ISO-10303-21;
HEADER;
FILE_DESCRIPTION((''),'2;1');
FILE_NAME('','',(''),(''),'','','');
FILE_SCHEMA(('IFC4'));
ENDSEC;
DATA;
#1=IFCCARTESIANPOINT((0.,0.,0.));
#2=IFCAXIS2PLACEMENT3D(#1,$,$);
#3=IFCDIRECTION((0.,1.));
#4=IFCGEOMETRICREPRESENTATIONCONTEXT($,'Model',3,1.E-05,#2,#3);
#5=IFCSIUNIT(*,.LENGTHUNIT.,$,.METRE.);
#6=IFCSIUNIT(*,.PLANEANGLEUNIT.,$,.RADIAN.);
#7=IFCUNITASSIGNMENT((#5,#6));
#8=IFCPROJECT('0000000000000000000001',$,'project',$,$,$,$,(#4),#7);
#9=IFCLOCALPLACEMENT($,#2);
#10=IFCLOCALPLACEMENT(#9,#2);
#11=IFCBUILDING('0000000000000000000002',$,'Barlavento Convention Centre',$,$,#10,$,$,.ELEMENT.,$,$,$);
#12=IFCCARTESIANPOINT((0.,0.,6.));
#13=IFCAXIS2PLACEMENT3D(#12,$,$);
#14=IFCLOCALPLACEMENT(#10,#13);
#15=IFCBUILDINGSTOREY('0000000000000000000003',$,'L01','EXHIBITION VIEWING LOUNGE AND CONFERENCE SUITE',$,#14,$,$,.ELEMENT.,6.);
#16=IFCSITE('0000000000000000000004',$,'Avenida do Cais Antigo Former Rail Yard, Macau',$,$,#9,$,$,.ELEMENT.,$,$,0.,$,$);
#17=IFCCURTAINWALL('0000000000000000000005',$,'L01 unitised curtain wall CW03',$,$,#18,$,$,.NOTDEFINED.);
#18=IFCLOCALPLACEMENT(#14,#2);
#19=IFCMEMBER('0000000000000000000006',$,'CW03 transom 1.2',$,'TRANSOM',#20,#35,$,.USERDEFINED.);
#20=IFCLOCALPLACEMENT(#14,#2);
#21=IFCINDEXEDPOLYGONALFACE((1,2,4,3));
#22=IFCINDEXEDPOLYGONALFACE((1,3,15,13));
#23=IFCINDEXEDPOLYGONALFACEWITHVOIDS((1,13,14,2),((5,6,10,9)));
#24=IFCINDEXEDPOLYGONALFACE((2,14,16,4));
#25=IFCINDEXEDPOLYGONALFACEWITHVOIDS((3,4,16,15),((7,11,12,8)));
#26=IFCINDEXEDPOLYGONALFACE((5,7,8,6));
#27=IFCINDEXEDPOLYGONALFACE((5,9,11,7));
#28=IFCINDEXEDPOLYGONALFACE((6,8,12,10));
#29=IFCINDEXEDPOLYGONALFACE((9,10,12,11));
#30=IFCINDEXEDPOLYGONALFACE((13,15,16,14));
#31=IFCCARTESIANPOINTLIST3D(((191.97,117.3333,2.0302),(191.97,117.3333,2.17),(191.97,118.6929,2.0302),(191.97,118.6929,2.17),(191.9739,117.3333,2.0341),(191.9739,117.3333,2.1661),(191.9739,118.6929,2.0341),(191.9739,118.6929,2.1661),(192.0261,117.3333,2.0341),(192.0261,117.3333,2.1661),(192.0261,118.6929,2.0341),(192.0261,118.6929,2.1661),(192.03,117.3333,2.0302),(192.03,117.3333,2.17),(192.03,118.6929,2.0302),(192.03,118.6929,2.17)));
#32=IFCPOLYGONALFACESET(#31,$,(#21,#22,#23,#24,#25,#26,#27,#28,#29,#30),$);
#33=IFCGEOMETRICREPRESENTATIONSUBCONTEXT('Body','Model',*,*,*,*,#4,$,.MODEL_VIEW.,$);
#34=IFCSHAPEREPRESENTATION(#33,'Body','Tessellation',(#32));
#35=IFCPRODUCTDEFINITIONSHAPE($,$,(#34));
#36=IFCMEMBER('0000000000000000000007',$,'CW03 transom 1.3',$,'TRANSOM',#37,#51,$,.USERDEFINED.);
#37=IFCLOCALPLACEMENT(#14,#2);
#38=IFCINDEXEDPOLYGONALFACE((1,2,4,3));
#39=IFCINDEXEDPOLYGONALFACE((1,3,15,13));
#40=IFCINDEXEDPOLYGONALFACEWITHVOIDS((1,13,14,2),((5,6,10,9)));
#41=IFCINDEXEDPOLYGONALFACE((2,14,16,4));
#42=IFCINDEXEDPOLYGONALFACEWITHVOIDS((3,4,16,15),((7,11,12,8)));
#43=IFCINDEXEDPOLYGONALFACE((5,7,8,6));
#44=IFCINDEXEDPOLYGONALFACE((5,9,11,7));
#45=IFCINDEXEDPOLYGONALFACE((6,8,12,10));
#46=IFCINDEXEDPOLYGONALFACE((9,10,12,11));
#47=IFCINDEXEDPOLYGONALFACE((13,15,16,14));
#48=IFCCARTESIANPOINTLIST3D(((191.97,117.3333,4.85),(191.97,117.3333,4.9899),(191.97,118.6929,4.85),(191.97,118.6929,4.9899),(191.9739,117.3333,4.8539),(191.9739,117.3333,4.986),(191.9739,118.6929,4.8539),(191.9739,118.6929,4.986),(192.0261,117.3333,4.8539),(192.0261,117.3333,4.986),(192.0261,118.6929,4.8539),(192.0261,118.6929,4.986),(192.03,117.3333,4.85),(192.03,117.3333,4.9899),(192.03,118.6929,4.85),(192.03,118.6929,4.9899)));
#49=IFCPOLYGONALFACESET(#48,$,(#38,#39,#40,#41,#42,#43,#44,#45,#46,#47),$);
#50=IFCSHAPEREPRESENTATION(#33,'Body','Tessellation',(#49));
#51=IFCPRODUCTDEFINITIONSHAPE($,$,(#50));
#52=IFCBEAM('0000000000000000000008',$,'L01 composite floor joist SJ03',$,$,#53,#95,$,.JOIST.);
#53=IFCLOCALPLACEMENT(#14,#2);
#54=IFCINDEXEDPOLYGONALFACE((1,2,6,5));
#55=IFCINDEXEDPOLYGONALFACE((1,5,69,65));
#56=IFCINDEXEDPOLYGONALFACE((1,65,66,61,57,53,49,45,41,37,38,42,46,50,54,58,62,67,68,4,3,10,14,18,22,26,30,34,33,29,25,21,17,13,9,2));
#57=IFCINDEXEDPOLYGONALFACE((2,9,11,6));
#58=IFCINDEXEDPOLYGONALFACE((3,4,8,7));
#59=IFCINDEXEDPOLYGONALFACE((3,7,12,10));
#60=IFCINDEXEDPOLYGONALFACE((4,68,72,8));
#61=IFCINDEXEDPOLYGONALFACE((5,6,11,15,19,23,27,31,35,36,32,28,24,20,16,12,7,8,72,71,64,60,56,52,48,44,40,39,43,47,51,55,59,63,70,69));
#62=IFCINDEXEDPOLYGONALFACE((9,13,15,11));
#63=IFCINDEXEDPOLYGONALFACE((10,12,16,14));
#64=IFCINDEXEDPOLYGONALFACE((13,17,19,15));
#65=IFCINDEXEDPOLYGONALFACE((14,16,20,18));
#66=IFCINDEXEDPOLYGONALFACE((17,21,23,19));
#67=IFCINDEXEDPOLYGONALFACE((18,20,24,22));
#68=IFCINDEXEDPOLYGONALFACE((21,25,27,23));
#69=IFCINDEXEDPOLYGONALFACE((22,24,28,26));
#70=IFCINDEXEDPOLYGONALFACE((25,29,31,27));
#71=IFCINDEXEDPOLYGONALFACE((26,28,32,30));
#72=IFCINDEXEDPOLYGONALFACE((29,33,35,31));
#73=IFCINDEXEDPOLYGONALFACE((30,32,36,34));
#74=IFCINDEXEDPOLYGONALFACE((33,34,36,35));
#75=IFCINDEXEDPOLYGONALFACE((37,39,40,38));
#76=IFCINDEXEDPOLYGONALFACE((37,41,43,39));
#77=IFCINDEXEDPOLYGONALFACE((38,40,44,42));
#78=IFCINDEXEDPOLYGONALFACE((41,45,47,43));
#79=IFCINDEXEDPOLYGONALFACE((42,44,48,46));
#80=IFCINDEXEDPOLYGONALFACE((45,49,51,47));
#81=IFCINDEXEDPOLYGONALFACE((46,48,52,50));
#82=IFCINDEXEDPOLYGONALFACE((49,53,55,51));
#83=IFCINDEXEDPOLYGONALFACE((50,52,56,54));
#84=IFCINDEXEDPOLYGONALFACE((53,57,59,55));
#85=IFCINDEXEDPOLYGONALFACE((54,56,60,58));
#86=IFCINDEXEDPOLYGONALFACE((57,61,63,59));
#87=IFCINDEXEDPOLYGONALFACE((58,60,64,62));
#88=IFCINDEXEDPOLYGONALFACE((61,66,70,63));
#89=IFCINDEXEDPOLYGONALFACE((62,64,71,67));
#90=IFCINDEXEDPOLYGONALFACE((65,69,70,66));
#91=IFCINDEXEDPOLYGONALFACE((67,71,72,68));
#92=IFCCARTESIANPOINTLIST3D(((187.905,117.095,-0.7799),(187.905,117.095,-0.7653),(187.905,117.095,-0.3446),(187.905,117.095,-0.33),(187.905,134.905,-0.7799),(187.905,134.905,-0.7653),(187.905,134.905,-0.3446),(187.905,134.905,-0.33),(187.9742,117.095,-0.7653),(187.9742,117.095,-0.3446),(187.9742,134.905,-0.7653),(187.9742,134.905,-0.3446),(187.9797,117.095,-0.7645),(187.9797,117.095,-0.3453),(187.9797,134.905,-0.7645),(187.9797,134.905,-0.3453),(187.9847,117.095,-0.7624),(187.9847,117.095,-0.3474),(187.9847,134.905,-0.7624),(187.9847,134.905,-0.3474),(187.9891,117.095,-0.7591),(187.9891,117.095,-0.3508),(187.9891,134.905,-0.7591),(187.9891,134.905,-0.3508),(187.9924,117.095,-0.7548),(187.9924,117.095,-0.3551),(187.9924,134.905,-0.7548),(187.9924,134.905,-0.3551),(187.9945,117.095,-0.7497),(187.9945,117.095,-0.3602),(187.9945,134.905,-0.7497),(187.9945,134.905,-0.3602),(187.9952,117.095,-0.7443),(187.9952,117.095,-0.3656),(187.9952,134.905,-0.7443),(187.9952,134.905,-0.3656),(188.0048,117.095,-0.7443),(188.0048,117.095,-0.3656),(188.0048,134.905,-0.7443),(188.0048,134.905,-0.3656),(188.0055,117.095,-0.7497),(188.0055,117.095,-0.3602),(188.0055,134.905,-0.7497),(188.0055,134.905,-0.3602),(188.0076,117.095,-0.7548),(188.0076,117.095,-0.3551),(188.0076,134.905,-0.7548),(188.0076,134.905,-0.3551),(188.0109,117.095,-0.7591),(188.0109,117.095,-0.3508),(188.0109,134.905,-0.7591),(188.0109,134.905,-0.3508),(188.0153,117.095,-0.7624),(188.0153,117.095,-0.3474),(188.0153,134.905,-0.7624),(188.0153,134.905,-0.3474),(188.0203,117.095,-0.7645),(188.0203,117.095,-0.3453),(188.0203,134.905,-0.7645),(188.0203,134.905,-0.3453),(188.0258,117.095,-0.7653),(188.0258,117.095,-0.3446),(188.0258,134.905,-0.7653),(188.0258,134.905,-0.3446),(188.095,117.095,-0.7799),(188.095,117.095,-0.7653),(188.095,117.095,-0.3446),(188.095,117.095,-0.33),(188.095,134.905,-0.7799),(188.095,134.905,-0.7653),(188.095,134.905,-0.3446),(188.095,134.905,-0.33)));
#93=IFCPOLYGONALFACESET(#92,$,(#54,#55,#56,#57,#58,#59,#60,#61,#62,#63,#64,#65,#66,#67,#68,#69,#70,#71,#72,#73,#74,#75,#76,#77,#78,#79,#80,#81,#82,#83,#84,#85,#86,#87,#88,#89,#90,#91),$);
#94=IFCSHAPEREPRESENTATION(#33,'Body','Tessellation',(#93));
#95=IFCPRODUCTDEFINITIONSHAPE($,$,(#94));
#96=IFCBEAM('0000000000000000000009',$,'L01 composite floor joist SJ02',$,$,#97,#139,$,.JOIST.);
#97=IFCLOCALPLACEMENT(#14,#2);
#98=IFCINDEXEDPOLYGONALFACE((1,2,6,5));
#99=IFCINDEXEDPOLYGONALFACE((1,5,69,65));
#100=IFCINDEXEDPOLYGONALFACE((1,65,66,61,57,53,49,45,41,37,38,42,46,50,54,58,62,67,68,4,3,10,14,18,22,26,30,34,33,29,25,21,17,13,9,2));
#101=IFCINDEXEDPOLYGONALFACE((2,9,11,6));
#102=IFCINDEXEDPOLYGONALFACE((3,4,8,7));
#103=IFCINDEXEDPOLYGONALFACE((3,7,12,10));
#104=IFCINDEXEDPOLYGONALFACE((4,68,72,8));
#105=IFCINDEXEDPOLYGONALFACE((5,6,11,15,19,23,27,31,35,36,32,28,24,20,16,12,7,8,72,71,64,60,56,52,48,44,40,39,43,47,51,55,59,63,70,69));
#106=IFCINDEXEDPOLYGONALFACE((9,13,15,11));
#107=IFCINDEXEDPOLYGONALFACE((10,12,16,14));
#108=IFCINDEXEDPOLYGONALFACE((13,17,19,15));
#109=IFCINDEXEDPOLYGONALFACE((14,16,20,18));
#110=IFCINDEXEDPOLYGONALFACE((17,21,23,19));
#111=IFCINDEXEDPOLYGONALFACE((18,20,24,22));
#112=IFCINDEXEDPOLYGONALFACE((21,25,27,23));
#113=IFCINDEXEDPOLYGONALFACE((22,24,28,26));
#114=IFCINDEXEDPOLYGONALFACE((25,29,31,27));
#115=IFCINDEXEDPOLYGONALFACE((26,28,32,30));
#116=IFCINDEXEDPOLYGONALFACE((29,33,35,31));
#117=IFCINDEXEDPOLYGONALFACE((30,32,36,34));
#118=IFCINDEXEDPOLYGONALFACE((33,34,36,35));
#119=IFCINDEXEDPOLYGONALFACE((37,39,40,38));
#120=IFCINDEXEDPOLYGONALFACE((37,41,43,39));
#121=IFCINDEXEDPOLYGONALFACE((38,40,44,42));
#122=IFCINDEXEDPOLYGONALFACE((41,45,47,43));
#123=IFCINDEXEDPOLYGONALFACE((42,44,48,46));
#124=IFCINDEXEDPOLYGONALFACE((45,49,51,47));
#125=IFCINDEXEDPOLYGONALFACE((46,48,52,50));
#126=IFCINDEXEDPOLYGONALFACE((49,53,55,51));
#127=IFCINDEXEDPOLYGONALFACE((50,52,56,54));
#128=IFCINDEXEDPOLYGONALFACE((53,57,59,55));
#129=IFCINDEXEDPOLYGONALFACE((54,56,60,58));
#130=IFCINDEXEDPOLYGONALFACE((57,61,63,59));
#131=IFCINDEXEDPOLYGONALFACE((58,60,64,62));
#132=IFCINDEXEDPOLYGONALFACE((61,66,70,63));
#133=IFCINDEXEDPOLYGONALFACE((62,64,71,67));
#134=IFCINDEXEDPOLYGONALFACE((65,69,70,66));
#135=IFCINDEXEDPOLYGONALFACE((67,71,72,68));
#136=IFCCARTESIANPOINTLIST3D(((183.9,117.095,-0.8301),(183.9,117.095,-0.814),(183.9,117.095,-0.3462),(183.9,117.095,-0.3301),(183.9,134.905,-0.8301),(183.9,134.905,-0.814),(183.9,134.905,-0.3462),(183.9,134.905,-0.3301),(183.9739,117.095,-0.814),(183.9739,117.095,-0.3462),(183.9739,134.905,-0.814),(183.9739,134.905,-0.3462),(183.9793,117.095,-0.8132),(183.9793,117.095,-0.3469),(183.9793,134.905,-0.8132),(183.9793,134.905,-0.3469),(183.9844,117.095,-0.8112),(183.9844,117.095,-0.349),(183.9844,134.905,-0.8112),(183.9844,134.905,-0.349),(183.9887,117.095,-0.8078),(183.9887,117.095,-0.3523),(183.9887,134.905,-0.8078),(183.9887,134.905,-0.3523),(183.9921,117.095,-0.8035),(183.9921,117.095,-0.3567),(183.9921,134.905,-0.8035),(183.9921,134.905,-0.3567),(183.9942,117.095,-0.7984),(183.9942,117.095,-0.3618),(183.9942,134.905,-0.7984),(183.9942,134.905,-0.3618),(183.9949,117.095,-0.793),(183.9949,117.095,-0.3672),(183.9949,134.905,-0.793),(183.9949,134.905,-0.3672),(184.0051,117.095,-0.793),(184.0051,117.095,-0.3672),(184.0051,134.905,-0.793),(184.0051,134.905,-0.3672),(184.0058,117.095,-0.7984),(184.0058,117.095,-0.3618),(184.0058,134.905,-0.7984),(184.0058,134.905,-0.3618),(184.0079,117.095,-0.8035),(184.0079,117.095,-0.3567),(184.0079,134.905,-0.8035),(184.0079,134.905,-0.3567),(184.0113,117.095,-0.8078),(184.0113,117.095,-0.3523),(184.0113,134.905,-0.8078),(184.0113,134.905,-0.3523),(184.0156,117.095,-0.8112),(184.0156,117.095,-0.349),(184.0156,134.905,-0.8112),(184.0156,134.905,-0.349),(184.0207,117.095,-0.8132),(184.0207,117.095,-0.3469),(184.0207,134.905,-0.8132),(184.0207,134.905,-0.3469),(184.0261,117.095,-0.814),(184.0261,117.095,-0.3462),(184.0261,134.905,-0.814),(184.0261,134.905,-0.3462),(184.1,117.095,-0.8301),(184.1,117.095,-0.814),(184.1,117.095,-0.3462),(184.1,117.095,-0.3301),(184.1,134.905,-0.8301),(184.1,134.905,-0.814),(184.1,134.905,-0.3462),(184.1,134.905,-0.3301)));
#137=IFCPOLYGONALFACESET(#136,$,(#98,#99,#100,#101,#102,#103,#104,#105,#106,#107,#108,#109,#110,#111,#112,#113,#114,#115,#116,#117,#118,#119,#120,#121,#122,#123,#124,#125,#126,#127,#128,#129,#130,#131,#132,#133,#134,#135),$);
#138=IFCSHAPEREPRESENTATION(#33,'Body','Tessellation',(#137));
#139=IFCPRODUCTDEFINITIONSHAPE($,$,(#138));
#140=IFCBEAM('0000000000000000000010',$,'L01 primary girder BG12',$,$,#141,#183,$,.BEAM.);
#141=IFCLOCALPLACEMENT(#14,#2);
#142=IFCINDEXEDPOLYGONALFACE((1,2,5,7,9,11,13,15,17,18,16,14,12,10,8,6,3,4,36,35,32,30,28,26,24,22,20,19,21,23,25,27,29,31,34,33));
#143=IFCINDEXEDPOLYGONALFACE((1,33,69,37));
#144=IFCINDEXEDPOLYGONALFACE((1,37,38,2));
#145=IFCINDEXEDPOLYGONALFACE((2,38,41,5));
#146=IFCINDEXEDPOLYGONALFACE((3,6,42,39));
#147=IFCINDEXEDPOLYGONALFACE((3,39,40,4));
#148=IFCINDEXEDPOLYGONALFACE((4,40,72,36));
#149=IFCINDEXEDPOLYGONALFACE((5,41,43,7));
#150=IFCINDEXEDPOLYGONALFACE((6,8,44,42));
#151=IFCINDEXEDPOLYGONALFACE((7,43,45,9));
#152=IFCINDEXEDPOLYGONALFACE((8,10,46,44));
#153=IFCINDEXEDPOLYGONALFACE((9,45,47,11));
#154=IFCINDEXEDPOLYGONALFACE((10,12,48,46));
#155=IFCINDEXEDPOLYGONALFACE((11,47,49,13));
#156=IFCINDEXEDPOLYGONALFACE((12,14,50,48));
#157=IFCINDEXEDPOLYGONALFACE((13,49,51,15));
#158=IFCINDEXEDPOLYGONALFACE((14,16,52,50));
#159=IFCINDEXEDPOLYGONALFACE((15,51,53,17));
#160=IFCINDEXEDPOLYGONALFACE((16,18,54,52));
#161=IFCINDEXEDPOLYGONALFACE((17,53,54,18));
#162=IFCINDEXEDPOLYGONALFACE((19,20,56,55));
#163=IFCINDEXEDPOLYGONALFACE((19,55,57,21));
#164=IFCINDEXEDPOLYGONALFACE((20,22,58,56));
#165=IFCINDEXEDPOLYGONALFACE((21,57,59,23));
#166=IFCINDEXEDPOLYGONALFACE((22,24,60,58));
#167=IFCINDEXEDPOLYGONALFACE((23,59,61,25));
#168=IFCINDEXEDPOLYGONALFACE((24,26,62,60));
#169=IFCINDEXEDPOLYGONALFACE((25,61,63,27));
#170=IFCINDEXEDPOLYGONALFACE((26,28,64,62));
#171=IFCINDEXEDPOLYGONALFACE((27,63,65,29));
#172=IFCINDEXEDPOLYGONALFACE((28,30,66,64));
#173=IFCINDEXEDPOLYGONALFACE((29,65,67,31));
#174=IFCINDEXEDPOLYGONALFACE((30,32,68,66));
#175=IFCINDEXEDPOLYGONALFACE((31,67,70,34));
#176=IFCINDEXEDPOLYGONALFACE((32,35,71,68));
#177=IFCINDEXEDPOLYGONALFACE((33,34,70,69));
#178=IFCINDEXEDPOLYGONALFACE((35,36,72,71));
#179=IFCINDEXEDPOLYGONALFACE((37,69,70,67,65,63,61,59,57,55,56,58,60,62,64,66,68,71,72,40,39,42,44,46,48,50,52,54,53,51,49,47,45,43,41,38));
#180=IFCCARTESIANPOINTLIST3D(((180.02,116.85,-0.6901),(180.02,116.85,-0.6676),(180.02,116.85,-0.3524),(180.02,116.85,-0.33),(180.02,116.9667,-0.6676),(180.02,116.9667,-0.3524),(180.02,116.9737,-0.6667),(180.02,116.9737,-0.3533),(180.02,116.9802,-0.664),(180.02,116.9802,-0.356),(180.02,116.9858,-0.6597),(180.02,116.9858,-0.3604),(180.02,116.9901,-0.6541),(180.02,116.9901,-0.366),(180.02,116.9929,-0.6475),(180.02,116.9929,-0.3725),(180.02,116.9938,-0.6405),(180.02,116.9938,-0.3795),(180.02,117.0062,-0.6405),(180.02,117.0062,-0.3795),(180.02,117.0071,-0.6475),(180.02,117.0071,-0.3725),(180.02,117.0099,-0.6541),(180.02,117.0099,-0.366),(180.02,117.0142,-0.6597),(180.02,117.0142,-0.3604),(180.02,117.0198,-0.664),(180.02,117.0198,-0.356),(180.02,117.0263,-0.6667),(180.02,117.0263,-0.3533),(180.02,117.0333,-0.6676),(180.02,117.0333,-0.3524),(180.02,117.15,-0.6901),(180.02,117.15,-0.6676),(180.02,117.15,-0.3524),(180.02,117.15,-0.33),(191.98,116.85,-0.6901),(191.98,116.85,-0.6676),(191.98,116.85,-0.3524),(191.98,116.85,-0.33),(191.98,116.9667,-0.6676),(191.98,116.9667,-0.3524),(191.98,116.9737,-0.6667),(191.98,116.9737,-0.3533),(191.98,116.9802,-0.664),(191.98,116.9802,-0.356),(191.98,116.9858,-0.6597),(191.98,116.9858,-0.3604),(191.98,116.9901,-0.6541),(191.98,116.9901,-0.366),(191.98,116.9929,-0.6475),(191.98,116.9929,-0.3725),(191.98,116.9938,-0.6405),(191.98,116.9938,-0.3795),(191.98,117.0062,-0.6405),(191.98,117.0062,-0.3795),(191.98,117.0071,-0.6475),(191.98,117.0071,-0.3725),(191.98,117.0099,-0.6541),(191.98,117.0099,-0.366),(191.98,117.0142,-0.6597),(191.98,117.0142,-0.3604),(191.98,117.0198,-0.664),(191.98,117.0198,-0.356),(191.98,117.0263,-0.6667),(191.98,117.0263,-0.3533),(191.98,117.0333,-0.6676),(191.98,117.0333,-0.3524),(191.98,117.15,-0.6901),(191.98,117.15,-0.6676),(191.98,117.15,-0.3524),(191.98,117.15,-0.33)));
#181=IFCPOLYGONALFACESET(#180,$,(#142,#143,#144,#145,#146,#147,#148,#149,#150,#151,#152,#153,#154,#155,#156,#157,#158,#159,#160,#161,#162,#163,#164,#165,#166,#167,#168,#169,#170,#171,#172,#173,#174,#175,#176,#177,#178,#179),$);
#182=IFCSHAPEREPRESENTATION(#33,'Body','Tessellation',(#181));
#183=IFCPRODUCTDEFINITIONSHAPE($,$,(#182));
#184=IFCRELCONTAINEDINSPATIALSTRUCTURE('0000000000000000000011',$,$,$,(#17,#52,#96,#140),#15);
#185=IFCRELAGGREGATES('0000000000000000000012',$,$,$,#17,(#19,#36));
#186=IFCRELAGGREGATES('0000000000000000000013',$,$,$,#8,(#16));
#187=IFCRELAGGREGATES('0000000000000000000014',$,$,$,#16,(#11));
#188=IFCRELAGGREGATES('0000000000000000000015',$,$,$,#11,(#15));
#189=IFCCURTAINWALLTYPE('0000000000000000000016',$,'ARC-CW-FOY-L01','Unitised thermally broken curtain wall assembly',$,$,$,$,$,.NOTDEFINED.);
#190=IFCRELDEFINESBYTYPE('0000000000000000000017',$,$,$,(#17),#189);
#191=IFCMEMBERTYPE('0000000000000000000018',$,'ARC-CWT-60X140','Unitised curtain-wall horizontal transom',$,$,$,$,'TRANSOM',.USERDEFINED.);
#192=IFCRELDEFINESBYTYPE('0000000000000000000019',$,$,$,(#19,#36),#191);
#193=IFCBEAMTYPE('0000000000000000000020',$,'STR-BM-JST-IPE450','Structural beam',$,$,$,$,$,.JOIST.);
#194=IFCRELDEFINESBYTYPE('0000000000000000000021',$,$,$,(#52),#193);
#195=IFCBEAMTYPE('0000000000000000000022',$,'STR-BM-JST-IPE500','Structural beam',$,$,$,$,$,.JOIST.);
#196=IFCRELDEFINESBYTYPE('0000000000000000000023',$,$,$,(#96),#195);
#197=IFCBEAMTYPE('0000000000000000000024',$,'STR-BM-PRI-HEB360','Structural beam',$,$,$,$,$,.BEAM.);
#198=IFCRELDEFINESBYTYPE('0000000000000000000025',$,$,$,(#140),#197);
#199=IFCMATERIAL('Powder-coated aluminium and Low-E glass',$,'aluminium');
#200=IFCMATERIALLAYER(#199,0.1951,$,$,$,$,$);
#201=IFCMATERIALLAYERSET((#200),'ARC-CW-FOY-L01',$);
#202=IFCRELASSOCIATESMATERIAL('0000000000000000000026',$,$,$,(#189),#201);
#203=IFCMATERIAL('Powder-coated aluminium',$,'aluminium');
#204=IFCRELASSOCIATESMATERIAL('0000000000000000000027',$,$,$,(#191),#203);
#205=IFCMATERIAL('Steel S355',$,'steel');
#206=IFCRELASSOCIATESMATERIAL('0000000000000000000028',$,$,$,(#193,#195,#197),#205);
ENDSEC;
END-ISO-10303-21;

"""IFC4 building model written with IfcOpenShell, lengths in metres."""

from ifc_helpers import new_model, si_unit, direction, frame, origin, origin_2d, place, context, subcontext, project, spatial, hollow_rectangle, i_section, extrude, material, layer, layer_set, material_profile, profile_set, type_object, element, aggregate, save


model = new_model("IFC4")

# Units and contexts
model_context = context("Model", 3, precision=1e-05, world=origin(), true_north=direction((0.0, 1.0)))
body_context = subcontext(model_context, "Body", "Model", "MODEL_VIEW")
ifc_project = project(units=[si_unit("LENGTHUNIT", "METRE"), si_unit("PLANEANGLEUNIT", "RADIAN")], contexts=[model_context])

# Site, building, storey
site_placement = place(None, origin())
site = spatial("IfcSite", under=ifc_project, at=site_placement, Name="Avenida do Cais Antigo Former Rail Yard, Macau", CompositionType="ELEMENT", RefElevation=0.0)
building_placement = place(site_placement, origin())
building = spatial("IfcBuilding", under=site, at=building_placement, Name="Barlavento Convention Centre", CompositionType="ELEMENT")
storey_placement = place(building_placement, frame((0.0, 0.0, 6.0)))
storey = spatial("IfcBuildingStorey", under=building, at=storey_placement, Name="L01", Description="EXHIBITION VIEWING LOUNGE AND CONFERENCE SUITE", CompositionType="ELEMENT", Elevation=6.0)

# Shared definitions
ifc_material_1 = material(Name="Steel S355", Category="steel")

# Shared definitions
ifc_material_2 = material(Name="Powder-coated aluminium and Low-E glass", Category="aluminium")
ifc_layer_1 = layer(ifc_material_2, 0.1951)
ifc_layer_set_1 = layer_set([ifc_layer_1], Name="ARC-CW-FOY-L01")
curtain_wall_type = type_object("IfcCurtainWallType", Name="ARC-CW-FOY-L01", Description="Unitised thermally broken curtain wall assembly", PredefinedType="NOTDEFINED", material=ifc_layer_set_1)
ifc_material_3 = material(Name="Powder-coated aluminium", Category="aluminium")

# Curtain wall
curtain_wall_1_placement = place(storey_placement, origin())
curtain_wall_1 = element("IfcCurtainWall", 1, at=curtain_wall_1_placement, inside=storey, type_object=curtain_wall_type, Name="L01 unitised curtain wall CW03", PredefinedType="NOTDEFINED")

# Members
ifc_material_profile_1 = material_profile(ifc_material_3, hollow_rectangle(XDim=0.0601, YDim=0.1399, WallThickness=0.0039, at=origin_2d()), Name="AL-TRAN 60x140x4")
ifc_profile_set_1 = profile_set([ifc_material_profile_1], Name="Powder-coated aluminium")
member_type_1 = type_object("IfcMemberType", Name="ARC-CWT-60X140", Description="Unitised curtain-wall horizontal transom", ElementType="TRANSOM", PredefinedType="USERDEFINED", material=ifc_profile_set_1)
member_1_placement = place(storey_placement, frame((192.0, 117.3333, 2.1001), z_axis=(0.0, 1.0, 0.0), x_axis=(-1.0, 0.0, 0.0)))
member_1 = element("IfcMember", 2, at=member_1_placement, type_object=member_type_1, Name="CW03 transom 1.2", ObjectType="TRANSOM", PredefinedType="USERDEFINED", context=body_context, shape_type="SweptSolid", body=[
    extrude(hollow_rectangle(XDim=0.0601, YDim=0.1399, WallThickness=0.0039, at=origin_2d()), origin(), (0.0, 0.0, 1.0), 1.3596),
])
member_2_placement = place(storey_placement, frame((192.0, 117.3333, 4.9199), z_axis=(0.0, 1.0, 0.0), x_axis=(-1.0, 0.0, 0.0)))
member_2 = element("IfcMember", 3, at=member_2_placement, type_object=member_type_1, Name="CW03 transom 1.3", ObjectType="TRANSOM", PredefinedType="USERDEFINED", context=body_context, shape_type="SweptSolid", body=[
    extrude(hollow_rectangle(XDim=0.0601, YDim=0.1399, WallThickness=0.0039, at=origin_2d()), origin(), (0.0, 0.0, 1.0), 1.3596),
])

# Beams
ifc_material_profile_2 = material_profile(ifc_material_1, i_section(OverallWidth=0.1899, OverallDepth=0.45, WebThickness=0.0095, FlangeThickness=0.0146, FilletRadius=0.021, at=origin_2d()), Name="IPE 450")
ifc_profile_set_2 = profile_set([ifc_material_profile_2], Name="Steel S355")
beam_type_1 = type_object("IfcBeamType", Name="STR-BM-JST-IPE450", Description="Structural beam", PredefinedType="JOIST", material=ifc_profile_set_2)
beam_1_placement = place(storey_placement, frame((188.0, 117.095, -0.5549), z_axis=(0.0, 1.0, 0.0), x_axis=(-1.0, 0.0, 0.0)))
element("IfcBeam", 4, at=beam_1_placement, inside=storey, type_object=beam_type_1, Name="L01 composite floor joist SJ03", PredefinedType="JOIST", context=body_context, shape_type="SweptSolid", body=[
    extrude(i_section(OverallWidth=0.1899, OverallDepth=0.45, WebThickness=0.0095, FlangeThickness=0.0146, FilletRadius=0.021, at=origin_2d()), origin(), (0.0, 0.0, 1.0), 17.8101),
])
ifc_material_profile_3 = material_profile(ifc_material_1, i_section(OverallWidth=0.2, OverallDepth=0.5, WebThickness=0.0103, FlangeThickness=0.0161, FilletRadius=0.021, at=origin_2d()), Name="IPE 500")
ifc_profile_set_3 = profile_set([ifc_material_profile_3], Name="Steel S355")
beam_type_2 = type_object("IfcBeamType", Name="STR-BM-JST-IPE500", Description="Structural beam", PredefinedType="JOIST", material=ifc_profile_set_3)
beam_2_placement = place(storey_placement, frame((184.0, 117.095, -0.5801), z_axis=(0.0, 1.0, 0.0), x_axis=(-1.0, 0.0, 0.0)))
element("IfcBeam", 5, at=beam_2_placement, inside=storey, type_object=beam_type_2, Name="L01 composite floor joist SJ02", PredefinedType="JOIST", context=body_context, shape_type="SweptSolid", body=[
    extrude(i_section(OverallWidth=0.2, OverallDepth=0.5, WebThickness=0.0103, FlangeThickness=0.0161, FilletRadius=0.021, at=origin_2d()), origin(), (0.0, 0.0, 1.0), 17.8101),
])
ifc_material_profile_4 = material_profile(ifc_material_1, i_section(OverallWidth=0.3, OverallDepth=0.3601, WebThickness=0.0125, FlangeThickness=0.0225, FilletRadius=0.0271, at=origin_2d()), Name="HEB 360")
ifc_profile_set_4 = profile_set([ifc_material_profile_4], Name="Steel S355")
beam_type_3 = type_object("IfcBeamType", Name="STR-BM-PRI-HEB360", Description="Structural beam", PredefinedType="BEAM", material=ifc_profile_set_4)
beam_3_placement = place(storey_placement, frame((180.02, 117.0, -0.51), z_axis=(1.0, 0.0, 0.0), x_axis=(0.0, 1.0, 0.0)))
element("IfcBeam", 6, at=beam_3_placement, inside=storey, type_object=beam_type_3, Name="L01 primary girder BG12", PredefinedType="BEAM", context=body_context, shape_type="SweptSolid", body=[
    extrude(i_section(OverallWidth=0.3, OverallDepth=0.3601, WebThickness=0.0125, FlangeThickness=0.0225, FilletRadius=0.0271, at=origin_2d()), origin(), (0.0, 0.0, 1.0), 11.96),
])

aggregate(curtain_wall_1, [member_1, member_2])

save(model, "model.ifc")
